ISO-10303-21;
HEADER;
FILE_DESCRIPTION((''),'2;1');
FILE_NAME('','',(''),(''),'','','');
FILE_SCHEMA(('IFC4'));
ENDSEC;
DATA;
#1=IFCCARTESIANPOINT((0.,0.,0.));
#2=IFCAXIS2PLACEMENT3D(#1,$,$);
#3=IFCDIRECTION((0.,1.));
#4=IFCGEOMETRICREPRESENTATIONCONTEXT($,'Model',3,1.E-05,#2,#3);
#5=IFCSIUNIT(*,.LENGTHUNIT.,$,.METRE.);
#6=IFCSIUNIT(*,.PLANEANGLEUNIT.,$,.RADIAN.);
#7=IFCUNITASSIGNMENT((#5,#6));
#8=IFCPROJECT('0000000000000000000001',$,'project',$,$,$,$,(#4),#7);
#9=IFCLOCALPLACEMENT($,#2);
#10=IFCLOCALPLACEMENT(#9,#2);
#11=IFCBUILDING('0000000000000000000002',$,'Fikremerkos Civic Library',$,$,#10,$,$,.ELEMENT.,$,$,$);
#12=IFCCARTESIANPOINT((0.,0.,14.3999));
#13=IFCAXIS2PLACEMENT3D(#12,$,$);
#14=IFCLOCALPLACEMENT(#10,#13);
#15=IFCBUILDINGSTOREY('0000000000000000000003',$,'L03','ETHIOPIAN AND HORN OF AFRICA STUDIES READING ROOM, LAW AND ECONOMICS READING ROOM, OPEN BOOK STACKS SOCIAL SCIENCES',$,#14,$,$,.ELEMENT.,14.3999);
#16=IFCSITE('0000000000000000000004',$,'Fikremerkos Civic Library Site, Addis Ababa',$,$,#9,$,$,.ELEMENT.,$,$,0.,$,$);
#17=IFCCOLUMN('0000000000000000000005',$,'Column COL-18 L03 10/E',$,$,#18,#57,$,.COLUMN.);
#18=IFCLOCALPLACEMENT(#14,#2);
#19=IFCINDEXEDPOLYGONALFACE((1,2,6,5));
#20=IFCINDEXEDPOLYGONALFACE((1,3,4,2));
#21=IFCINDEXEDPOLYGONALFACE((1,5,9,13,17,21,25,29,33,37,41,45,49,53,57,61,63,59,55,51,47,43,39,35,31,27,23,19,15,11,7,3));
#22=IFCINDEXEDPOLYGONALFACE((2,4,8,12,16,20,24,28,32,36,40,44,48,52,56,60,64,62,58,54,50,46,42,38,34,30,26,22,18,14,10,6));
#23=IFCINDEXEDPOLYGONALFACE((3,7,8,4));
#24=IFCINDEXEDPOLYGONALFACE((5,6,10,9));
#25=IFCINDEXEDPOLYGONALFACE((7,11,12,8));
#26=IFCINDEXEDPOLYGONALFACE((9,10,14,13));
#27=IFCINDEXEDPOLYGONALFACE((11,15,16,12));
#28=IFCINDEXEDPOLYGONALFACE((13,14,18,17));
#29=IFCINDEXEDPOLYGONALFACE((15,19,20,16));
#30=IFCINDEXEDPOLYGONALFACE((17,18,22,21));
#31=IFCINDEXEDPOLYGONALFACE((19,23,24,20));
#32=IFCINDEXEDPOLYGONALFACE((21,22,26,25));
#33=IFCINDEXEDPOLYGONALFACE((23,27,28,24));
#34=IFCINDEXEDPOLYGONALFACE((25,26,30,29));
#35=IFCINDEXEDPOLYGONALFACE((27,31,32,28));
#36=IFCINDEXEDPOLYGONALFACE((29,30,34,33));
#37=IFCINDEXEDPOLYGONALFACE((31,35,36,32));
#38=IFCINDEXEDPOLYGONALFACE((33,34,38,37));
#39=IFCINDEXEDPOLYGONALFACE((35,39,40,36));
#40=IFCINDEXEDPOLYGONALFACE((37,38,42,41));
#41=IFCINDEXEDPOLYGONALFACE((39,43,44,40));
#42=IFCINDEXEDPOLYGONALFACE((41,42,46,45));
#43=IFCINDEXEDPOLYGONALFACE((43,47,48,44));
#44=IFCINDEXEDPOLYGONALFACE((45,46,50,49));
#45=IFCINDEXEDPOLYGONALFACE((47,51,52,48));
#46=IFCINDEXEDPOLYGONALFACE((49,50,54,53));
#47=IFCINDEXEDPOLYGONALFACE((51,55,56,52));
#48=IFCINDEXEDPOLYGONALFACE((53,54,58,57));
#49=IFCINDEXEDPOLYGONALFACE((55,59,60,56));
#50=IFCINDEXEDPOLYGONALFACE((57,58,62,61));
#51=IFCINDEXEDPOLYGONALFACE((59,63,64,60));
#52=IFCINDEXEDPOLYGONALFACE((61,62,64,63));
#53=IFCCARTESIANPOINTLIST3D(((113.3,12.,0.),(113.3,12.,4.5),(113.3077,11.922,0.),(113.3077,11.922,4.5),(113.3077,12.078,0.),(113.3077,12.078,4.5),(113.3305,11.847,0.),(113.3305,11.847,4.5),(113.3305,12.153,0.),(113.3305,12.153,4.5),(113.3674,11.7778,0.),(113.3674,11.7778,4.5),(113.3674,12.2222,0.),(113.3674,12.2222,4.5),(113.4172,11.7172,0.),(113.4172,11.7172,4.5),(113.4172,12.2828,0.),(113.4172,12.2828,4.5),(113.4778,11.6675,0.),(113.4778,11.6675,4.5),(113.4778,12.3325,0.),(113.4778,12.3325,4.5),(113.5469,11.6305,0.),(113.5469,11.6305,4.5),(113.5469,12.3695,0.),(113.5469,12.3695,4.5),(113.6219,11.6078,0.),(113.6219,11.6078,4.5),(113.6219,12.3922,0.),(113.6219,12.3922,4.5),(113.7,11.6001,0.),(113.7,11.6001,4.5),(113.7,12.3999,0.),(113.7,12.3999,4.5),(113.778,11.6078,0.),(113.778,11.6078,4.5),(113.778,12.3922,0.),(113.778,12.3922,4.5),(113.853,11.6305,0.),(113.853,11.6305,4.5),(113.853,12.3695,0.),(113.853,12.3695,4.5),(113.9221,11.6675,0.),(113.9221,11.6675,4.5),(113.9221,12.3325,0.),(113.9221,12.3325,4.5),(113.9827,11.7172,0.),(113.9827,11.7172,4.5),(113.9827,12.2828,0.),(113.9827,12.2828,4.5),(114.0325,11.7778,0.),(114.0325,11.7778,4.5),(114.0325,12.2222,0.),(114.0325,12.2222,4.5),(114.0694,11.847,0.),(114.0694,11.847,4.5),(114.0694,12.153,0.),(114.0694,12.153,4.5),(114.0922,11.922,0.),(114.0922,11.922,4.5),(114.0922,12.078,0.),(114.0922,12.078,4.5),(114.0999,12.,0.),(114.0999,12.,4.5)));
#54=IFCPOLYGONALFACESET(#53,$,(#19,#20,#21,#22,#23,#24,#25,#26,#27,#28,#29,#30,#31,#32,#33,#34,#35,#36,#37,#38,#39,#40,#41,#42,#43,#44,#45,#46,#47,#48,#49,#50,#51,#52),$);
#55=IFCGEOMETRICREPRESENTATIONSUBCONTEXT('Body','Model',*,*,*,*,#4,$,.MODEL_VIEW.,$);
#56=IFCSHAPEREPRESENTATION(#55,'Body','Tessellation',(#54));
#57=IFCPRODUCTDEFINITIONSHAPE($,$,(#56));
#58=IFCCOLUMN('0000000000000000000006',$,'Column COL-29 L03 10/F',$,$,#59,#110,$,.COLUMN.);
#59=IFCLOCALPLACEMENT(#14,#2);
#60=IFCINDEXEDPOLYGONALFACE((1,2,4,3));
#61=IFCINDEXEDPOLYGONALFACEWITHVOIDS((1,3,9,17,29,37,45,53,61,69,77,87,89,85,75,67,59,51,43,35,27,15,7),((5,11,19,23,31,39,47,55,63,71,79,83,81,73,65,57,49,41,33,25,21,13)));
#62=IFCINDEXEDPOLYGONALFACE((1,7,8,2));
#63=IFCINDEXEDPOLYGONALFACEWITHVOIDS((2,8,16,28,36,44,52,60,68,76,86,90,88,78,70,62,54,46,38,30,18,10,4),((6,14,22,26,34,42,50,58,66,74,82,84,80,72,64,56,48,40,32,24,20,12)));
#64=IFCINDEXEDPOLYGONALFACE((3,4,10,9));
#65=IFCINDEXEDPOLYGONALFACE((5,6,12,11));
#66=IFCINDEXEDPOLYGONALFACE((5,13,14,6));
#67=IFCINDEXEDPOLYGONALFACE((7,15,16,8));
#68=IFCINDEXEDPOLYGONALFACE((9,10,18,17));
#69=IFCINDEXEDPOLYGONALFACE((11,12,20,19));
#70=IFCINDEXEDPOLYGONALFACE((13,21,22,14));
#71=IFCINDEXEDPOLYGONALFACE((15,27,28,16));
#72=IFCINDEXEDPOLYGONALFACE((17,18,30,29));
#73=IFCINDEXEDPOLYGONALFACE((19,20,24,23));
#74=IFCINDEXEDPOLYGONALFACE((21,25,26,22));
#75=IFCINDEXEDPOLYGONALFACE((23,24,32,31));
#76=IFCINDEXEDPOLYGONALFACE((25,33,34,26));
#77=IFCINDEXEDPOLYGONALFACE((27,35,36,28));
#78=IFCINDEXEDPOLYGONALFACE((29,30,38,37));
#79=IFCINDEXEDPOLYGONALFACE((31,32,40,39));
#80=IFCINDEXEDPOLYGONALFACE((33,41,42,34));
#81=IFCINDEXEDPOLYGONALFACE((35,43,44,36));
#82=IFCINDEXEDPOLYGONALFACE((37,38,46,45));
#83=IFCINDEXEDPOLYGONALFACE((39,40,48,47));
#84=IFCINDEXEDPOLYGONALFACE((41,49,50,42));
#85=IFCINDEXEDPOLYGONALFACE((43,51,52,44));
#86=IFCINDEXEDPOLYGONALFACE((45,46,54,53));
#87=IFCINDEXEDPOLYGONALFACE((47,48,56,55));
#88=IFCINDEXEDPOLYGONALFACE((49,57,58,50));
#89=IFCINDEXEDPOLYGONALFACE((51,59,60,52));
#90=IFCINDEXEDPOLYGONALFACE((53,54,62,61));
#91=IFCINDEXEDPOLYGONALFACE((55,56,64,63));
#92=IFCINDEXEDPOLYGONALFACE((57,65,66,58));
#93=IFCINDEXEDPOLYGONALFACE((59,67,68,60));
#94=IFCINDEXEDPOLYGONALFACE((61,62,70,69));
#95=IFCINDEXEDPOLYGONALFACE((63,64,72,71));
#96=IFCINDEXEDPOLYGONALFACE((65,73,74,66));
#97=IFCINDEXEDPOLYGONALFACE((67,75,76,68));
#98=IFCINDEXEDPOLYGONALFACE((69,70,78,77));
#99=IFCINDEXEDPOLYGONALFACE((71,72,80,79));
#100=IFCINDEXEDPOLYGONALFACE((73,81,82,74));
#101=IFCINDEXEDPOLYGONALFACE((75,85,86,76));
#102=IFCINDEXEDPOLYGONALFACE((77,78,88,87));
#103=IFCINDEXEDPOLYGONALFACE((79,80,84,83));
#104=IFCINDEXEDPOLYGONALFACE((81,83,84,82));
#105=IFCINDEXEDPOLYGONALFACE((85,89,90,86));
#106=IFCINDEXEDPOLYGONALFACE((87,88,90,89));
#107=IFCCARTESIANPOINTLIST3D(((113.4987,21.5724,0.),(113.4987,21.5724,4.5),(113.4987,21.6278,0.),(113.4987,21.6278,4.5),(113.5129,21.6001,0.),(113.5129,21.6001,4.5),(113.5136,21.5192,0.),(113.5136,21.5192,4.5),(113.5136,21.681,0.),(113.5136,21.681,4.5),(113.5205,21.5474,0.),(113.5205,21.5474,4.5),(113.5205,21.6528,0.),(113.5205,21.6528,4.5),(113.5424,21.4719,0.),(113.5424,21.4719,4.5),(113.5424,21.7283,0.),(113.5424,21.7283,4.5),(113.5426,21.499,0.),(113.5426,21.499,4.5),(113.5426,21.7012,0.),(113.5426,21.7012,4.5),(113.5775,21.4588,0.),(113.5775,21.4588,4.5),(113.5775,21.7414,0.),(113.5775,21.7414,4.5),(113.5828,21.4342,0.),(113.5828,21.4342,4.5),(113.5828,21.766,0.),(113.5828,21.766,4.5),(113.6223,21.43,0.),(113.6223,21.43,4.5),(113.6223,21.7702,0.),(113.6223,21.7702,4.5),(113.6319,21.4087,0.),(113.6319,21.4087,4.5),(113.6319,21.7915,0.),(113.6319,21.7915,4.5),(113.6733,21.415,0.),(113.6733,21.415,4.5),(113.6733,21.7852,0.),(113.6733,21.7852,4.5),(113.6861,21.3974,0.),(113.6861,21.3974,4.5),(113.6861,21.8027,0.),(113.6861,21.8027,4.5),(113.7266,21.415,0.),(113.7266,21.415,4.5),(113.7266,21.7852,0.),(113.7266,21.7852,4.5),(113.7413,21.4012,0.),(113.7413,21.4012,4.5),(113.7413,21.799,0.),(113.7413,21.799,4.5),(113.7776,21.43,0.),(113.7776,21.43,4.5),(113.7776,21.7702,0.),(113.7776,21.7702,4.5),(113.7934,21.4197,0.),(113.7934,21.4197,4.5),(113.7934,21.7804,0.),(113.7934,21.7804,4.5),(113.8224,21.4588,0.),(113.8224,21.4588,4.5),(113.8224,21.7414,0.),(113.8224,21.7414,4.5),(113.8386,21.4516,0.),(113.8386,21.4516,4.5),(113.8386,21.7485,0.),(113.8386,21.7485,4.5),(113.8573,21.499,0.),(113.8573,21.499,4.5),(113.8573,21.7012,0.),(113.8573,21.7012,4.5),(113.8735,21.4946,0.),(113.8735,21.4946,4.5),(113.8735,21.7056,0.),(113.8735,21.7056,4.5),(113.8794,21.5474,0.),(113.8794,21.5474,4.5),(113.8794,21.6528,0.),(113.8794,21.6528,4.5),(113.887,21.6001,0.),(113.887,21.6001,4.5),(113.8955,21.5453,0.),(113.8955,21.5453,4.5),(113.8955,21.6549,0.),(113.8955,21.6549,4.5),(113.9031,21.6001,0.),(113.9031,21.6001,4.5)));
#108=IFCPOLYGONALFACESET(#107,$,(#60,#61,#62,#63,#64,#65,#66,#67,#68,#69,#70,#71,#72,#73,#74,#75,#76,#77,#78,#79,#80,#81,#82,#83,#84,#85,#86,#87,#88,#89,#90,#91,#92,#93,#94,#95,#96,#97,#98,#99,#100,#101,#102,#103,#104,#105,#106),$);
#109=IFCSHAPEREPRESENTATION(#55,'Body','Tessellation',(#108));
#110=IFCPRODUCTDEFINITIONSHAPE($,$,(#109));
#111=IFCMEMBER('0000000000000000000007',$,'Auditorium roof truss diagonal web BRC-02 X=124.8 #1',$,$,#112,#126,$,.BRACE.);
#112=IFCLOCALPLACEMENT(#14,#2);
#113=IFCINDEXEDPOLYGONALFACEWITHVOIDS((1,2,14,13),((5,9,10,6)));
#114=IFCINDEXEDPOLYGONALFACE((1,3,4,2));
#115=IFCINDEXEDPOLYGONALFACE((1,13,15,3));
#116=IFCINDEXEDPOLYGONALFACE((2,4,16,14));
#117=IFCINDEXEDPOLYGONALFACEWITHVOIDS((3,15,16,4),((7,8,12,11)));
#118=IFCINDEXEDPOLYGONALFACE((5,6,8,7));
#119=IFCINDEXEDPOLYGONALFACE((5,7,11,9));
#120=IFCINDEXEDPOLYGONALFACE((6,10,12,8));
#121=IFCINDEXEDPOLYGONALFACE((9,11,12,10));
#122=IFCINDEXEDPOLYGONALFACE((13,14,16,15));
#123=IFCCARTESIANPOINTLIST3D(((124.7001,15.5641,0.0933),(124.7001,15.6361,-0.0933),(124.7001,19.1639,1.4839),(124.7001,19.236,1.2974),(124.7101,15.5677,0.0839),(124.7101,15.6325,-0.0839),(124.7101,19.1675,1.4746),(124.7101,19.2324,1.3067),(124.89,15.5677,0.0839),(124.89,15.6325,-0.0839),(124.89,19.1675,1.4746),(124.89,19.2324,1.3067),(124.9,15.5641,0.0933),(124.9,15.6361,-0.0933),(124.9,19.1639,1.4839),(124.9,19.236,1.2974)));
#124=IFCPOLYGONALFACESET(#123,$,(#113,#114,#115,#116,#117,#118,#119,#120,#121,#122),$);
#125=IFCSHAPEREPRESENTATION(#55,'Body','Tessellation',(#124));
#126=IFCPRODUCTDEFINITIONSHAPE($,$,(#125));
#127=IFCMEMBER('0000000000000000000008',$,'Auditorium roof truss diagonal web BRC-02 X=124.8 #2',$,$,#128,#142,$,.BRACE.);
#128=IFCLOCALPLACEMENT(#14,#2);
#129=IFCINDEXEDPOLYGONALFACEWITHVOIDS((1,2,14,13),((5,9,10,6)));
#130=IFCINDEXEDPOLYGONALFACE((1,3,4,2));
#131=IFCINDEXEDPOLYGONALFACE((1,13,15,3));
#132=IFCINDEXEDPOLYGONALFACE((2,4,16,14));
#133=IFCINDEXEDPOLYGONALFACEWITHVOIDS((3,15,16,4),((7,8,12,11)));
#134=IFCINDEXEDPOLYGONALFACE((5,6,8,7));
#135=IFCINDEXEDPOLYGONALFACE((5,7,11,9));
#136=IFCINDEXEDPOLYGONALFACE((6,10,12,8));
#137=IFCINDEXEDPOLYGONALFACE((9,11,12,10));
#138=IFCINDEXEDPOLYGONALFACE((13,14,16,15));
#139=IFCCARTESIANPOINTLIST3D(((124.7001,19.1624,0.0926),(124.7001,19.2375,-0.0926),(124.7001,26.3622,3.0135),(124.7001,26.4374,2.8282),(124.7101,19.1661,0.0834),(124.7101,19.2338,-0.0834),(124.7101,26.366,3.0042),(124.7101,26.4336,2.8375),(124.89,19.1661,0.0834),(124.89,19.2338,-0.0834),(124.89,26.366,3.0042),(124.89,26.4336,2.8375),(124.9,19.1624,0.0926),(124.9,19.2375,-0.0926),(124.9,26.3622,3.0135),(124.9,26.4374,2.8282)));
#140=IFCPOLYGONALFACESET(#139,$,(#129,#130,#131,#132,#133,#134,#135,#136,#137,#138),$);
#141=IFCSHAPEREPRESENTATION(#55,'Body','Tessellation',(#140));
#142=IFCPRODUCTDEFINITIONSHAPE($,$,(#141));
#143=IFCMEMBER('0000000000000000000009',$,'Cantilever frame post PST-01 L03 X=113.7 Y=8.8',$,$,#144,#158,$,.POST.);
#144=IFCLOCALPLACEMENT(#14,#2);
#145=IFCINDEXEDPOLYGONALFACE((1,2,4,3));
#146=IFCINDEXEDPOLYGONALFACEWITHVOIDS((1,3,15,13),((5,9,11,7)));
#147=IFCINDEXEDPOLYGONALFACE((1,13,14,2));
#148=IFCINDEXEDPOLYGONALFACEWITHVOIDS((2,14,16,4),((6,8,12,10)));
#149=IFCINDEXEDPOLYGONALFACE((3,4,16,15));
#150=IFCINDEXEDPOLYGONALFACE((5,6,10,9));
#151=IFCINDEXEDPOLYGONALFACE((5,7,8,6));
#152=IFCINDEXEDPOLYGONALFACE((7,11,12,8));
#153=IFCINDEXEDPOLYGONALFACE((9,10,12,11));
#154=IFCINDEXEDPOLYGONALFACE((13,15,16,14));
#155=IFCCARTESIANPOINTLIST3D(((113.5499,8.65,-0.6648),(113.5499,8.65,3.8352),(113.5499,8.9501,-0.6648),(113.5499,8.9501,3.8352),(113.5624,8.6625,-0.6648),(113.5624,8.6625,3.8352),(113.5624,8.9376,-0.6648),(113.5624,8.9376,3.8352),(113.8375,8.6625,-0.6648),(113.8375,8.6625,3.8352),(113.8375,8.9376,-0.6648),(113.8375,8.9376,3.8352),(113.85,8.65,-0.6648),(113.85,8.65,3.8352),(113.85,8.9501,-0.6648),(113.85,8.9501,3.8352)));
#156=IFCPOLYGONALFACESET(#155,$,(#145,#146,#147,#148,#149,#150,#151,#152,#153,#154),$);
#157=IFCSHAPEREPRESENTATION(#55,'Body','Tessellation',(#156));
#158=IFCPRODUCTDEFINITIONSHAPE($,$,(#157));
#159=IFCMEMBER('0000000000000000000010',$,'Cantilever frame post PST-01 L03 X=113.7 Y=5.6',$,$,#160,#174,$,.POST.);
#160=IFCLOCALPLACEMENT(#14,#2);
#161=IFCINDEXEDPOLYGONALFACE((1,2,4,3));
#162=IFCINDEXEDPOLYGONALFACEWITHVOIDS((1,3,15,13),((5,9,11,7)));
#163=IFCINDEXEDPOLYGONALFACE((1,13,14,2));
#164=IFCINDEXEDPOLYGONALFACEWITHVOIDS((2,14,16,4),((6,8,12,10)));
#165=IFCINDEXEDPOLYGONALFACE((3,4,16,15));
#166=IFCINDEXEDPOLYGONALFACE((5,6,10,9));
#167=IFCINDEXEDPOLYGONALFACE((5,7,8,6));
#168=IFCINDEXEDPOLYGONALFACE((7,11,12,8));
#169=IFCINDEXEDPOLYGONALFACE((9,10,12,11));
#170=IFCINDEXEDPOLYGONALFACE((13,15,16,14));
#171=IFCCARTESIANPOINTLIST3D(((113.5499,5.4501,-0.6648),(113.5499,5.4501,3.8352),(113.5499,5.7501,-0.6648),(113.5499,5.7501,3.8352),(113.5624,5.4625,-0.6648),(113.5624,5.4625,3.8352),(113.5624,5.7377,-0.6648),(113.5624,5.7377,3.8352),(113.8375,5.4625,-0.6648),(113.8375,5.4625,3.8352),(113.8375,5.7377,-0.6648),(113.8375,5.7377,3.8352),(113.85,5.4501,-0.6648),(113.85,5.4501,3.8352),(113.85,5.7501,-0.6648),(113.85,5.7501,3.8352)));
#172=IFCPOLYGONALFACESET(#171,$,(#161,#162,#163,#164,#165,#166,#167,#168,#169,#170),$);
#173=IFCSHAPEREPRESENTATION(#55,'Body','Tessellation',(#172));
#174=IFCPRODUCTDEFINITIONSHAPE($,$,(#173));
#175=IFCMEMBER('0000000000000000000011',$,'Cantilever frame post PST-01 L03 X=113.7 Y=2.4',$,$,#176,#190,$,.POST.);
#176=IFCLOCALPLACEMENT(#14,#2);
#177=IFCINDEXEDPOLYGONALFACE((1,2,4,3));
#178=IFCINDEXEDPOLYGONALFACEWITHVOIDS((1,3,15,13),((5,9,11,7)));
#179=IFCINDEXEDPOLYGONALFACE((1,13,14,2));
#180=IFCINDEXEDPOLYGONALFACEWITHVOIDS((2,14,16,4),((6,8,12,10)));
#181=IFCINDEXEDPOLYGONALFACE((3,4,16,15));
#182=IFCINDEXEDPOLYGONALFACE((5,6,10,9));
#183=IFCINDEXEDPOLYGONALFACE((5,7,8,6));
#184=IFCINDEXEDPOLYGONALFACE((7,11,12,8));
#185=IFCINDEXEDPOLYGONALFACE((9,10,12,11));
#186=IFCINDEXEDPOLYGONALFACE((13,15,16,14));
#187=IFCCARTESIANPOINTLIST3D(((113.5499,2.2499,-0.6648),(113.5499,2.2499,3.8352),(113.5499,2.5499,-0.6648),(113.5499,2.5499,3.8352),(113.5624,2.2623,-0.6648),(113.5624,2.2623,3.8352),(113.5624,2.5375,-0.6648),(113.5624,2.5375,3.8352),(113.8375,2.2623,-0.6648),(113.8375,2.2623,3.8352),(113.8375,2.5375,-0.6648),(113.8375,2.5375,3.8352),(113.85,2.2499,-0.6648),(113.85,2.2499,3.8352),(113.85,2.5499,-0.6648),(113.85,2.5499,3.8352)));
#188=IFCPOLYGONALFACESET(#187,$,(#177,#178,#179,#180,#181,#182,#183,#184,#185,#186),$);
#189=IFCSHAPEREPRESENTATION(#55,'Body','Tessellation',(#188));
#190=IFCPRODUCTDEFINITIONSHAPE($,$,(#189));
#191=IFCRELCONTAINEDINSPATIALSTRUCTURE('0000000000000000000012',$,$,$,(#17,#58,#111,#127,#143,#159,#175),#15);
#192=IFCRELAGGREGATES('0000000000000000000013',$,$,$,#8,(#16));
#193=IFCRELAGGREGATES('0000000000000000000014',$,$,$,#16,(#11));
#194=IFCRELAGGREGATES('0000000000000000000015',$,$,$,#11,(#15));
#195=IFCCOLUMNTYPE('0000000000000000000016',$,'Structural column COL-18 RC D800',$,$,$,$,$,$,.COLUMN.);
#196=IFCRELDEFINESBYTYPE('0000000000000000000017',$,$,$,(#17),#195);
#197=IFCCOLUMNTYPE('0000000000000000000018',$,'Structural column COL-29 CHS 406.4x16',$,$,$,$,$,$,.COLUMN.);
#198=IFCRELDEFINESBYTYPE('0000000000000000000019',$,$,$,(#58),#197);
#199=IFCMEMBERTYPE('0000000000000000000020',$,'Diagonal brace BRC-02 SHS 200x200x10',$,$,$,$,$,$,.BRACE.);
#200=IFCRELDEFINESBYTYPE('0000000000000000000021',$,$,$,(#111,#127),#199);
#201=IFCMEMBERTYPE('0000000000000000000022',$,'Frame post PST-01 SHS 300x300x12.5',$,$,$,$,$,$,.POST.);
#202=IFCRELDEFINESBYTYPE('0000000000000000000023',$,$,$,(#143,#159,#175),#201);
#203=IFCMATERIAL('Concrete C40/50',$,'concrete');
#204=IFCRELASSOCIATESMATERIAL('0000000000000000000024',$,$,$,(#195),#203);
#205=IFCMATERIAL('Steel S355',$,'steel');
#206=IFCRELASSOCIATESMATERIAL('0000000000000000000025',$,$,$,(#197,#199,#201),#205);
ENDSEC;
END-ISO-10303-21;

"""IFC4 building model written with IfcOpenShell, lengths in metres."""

from ifc_helpers import new_model, si_unit, direction, frame, origin, origin_2d, place, context, subcontext, project, spatial, hollow_rectangle, circle, hollow_circle, extrude, material, material_profile, profile_set, type_object, element, save


model = new_model("IFC4")

# Units and contexts
model_context = context("Model", 3, precision=1e-05, world=origin(), true_north=direction((0.0, 1.0)))
body_context = subcontext(model_context, "Body", "Model", "MODEL_VIEW")
ifc_project = project(units=[si_unit("LENGTHUNIT", "METRE"), si_unit("PLANEANGLEUNIT", "RADIAN")], contexts=[model_context])

# Site, building, storey
site_placement = place(None, origin())
site = spatial("IfcSite", under=ifc_project, at=site_placement, Name="Fikremerkos Civic Library Site, Addis Ababa", CompositionType="ELEMENT", RefElevation=0.0)
building_placement = place(site_placement, origin())
building = spatial("IfcBuilding", under=site, at=building_placement, Name="Fikremerkos Civic Library", CompositionType="ELEMENT")
storey_placement = place(building_placement, frame((0.0, 0.0, 14.3999)))
storey = spatial("IfcBuildingStorey", under=building, at=storey_placement, Name="L03", Description="ETHIOPIAN AND HORN OF AFRICA STUDIES READING ROOM, LAW AND ECONOMICS READING ROOM, OPEN BOOK STACKS SOCIAL SCIENCES", CompositionType="ELEMENT", Elevation=14.3999)

# Columns
ifc_material_1 = material(Name="Concrete C40/50", Category="concrete")
ifc_material_profile_1 = material_profile(ifc_material_1, circle(Radius=0.3999, at=origin_2d()), Name="RC D800")
ifc_profile_set_1 = profile_set([ifc_material_profile_1], Name="Concrete C40/50")
column_type_1 = type_object("IfcColumnType", Name="Structural column COL-18 RC D800", PredefinedType="COLUMN", material=ifc_profile_set_1)
column_1_placement = place(storey_placement, frame((113.7, 12.0, 0.0), z_axis=(0.0, 0.0, 1.0), x_axis=(1.0, 0.0, 0.0)))
element("IfcColumn", 1, at=column_1_placement, inside=storey, type_object=column_type_1, Name="Column COL-18 L03 10/E", PredefinedType="COLUMN", context=body_context, shape_type="SweptSolid", body=[
    extrude(circle(Radius=0.3999, at=origin_2d()), origin(), (0.0, 0.0, 1.0), 4.5),
])
ifc_material_2 = material(Name="Steel S355", Category="steel")
ifc_material_profile_2 = material_profile(ifc_material_2, hollow_circle(Radius=0.2031, WallThickness=0.0161, at=origin_2d()), Name="CHS 406.4x16")
ifc_profile_set_2 = profile_set([ifc_material_profile_2], Name="Steel S355")
column_type_2 = type_object("IfcColumnType", Name="Structural column COL-29 CHS 406.4x16", PredefinedType="COLUMN", material=ifc_profile_set_2)
column_2_placement = place(storey_placement, frame((113.7, 21.6001, 0.0), z_axis=(0.0, 0.0, 1.0), x_axis=(1.0, 0.0, 0.0)))
element("IfcColumn", 2, at=column_2_placement, inside=storey, type_object=column_type_2, Name="Column COL-29 L03 10/F", PredefinedType="COLUMN", context=body_context, shape_type="SweptSolid", body=[
    extrude(hollow_circle(Radius=0.2031, WallThickness=0.0161, at=origin_2d()), origin(), (0.0, 0.0, 1.0), 4.5),
])

# Members
ifc_material_profile_3 = material_profile(ifc_material_2, hollow_rectangle(XDim=0.2, YDim=0.2, WallThickness=0.01, at=origin_2d()), Name="SHS 200x200x10")
ifc_profile_set_3 = profile_set([ifc_material_profile_3], Name="Steel S355")
member_type_1 = type_object("IfcMemberType", Name="Diagonal brace BRC-02 SHS 200x200x10", PredefinedType="BRACE", material=ifc_profile_set_3)
member_1_placement = place(storey_placement, frame((124.8, 15.6001, 0.0), z_axis=(0.0, 0.932818, 0.360348), x_axis=(-1.0, 0.0, 0.0)))
element("IfcMember", 3, at=member_1_placement, inside=storey, type_object=member_type_1, Name="Auditorium roof truss diagonal web BRC-02 X=124.8 #1", PredefinedType="BRACE", context=body_context, shape_type="SweptSolid", body=[
    extrude(hollow_rectangle(XDim=0.2, YDim=0.2, WallThickness=0.01, at=origin_2d()), origin(), (0.0, 0.0, 1.0), 3.8591),
])
member_2_placement = place(storey_placement, frame((124.8, 19.2, 0.0), z_axis=(0.0, 0.92665, 0.375926), x_axis=(-1.0, 0.0, 0.0)))
element("IfcMember", 4, at=member_2_placement, inside=storey, type_object=member_type_1, Name="Auditorium roof truss diagonal web BRC-02 X=124.8 #2", PredefinedType="BRACE", context=body_context, shape_type="SweptSolid", body=[
    extrude(hollow_rectangle(XDim=0.2, YDim=0.2, WallThickness=0.01, at=origin_2d()), origin(), (0.0, 0.0, 1.0), 7.7698),
])
ifc_material_profile_4 = material_profile(ifc_material_2, hollow_rectangle(XDim=0.3, YDim=0.3, WallThickness=0.0125, at=origin_2d()), Name="SHS 300x300x12.5")
ifc_profile_set_4 = profile_set([ifc_material_profile_4], Name="Steel S355")
member_type_2 = type_object("IfcMemberType", Name="Frame post PST-01 SHS 300x300x12.5", PredefinedType="POST", material=ifc_profile_set_4)
for number, where, z_axis, x_axis, name in (
    (5, (113.7, 8.8, -0.6648), (0.0, 0.0, 1.0), (1.0, 0.0, 0.0), "Cantilever frame post PST-01 L03 X=113.7 Y=8.8"),
    (6, (113.7, 5.6001, -0.6648), (0.0, 0.0, 1.0), (1.0, 0.0, 0.0), "Cantilever frame post PST-01 L03 X=113.7 Y=5.6"),
    (7, (113.7, 2.3999, -0.6648), (0.0, 0.0, 1.0), (1.0, 0.0, 0.0), "Cantilever frame post PST-01 L03 X=113.7 Y=2.4"),
):
    element("IfcMember", number, at=place(storey_placement, frame(where, z_axis=z_axis, x_axis=x_axis)), inside=storey, type_object=member_type_2, Name=name, PredefinedType="POST", context=body_context, shape_type="SweptSolid", body=[
        extrude(hollow_rectangle(XDim=0.3, YDim=0.3, WallThickness=0.0125, at=origin_2d()), origin(), (0.0, 0.0, 1.0), 4.5),
    ])

save(model, "model.ifc")
